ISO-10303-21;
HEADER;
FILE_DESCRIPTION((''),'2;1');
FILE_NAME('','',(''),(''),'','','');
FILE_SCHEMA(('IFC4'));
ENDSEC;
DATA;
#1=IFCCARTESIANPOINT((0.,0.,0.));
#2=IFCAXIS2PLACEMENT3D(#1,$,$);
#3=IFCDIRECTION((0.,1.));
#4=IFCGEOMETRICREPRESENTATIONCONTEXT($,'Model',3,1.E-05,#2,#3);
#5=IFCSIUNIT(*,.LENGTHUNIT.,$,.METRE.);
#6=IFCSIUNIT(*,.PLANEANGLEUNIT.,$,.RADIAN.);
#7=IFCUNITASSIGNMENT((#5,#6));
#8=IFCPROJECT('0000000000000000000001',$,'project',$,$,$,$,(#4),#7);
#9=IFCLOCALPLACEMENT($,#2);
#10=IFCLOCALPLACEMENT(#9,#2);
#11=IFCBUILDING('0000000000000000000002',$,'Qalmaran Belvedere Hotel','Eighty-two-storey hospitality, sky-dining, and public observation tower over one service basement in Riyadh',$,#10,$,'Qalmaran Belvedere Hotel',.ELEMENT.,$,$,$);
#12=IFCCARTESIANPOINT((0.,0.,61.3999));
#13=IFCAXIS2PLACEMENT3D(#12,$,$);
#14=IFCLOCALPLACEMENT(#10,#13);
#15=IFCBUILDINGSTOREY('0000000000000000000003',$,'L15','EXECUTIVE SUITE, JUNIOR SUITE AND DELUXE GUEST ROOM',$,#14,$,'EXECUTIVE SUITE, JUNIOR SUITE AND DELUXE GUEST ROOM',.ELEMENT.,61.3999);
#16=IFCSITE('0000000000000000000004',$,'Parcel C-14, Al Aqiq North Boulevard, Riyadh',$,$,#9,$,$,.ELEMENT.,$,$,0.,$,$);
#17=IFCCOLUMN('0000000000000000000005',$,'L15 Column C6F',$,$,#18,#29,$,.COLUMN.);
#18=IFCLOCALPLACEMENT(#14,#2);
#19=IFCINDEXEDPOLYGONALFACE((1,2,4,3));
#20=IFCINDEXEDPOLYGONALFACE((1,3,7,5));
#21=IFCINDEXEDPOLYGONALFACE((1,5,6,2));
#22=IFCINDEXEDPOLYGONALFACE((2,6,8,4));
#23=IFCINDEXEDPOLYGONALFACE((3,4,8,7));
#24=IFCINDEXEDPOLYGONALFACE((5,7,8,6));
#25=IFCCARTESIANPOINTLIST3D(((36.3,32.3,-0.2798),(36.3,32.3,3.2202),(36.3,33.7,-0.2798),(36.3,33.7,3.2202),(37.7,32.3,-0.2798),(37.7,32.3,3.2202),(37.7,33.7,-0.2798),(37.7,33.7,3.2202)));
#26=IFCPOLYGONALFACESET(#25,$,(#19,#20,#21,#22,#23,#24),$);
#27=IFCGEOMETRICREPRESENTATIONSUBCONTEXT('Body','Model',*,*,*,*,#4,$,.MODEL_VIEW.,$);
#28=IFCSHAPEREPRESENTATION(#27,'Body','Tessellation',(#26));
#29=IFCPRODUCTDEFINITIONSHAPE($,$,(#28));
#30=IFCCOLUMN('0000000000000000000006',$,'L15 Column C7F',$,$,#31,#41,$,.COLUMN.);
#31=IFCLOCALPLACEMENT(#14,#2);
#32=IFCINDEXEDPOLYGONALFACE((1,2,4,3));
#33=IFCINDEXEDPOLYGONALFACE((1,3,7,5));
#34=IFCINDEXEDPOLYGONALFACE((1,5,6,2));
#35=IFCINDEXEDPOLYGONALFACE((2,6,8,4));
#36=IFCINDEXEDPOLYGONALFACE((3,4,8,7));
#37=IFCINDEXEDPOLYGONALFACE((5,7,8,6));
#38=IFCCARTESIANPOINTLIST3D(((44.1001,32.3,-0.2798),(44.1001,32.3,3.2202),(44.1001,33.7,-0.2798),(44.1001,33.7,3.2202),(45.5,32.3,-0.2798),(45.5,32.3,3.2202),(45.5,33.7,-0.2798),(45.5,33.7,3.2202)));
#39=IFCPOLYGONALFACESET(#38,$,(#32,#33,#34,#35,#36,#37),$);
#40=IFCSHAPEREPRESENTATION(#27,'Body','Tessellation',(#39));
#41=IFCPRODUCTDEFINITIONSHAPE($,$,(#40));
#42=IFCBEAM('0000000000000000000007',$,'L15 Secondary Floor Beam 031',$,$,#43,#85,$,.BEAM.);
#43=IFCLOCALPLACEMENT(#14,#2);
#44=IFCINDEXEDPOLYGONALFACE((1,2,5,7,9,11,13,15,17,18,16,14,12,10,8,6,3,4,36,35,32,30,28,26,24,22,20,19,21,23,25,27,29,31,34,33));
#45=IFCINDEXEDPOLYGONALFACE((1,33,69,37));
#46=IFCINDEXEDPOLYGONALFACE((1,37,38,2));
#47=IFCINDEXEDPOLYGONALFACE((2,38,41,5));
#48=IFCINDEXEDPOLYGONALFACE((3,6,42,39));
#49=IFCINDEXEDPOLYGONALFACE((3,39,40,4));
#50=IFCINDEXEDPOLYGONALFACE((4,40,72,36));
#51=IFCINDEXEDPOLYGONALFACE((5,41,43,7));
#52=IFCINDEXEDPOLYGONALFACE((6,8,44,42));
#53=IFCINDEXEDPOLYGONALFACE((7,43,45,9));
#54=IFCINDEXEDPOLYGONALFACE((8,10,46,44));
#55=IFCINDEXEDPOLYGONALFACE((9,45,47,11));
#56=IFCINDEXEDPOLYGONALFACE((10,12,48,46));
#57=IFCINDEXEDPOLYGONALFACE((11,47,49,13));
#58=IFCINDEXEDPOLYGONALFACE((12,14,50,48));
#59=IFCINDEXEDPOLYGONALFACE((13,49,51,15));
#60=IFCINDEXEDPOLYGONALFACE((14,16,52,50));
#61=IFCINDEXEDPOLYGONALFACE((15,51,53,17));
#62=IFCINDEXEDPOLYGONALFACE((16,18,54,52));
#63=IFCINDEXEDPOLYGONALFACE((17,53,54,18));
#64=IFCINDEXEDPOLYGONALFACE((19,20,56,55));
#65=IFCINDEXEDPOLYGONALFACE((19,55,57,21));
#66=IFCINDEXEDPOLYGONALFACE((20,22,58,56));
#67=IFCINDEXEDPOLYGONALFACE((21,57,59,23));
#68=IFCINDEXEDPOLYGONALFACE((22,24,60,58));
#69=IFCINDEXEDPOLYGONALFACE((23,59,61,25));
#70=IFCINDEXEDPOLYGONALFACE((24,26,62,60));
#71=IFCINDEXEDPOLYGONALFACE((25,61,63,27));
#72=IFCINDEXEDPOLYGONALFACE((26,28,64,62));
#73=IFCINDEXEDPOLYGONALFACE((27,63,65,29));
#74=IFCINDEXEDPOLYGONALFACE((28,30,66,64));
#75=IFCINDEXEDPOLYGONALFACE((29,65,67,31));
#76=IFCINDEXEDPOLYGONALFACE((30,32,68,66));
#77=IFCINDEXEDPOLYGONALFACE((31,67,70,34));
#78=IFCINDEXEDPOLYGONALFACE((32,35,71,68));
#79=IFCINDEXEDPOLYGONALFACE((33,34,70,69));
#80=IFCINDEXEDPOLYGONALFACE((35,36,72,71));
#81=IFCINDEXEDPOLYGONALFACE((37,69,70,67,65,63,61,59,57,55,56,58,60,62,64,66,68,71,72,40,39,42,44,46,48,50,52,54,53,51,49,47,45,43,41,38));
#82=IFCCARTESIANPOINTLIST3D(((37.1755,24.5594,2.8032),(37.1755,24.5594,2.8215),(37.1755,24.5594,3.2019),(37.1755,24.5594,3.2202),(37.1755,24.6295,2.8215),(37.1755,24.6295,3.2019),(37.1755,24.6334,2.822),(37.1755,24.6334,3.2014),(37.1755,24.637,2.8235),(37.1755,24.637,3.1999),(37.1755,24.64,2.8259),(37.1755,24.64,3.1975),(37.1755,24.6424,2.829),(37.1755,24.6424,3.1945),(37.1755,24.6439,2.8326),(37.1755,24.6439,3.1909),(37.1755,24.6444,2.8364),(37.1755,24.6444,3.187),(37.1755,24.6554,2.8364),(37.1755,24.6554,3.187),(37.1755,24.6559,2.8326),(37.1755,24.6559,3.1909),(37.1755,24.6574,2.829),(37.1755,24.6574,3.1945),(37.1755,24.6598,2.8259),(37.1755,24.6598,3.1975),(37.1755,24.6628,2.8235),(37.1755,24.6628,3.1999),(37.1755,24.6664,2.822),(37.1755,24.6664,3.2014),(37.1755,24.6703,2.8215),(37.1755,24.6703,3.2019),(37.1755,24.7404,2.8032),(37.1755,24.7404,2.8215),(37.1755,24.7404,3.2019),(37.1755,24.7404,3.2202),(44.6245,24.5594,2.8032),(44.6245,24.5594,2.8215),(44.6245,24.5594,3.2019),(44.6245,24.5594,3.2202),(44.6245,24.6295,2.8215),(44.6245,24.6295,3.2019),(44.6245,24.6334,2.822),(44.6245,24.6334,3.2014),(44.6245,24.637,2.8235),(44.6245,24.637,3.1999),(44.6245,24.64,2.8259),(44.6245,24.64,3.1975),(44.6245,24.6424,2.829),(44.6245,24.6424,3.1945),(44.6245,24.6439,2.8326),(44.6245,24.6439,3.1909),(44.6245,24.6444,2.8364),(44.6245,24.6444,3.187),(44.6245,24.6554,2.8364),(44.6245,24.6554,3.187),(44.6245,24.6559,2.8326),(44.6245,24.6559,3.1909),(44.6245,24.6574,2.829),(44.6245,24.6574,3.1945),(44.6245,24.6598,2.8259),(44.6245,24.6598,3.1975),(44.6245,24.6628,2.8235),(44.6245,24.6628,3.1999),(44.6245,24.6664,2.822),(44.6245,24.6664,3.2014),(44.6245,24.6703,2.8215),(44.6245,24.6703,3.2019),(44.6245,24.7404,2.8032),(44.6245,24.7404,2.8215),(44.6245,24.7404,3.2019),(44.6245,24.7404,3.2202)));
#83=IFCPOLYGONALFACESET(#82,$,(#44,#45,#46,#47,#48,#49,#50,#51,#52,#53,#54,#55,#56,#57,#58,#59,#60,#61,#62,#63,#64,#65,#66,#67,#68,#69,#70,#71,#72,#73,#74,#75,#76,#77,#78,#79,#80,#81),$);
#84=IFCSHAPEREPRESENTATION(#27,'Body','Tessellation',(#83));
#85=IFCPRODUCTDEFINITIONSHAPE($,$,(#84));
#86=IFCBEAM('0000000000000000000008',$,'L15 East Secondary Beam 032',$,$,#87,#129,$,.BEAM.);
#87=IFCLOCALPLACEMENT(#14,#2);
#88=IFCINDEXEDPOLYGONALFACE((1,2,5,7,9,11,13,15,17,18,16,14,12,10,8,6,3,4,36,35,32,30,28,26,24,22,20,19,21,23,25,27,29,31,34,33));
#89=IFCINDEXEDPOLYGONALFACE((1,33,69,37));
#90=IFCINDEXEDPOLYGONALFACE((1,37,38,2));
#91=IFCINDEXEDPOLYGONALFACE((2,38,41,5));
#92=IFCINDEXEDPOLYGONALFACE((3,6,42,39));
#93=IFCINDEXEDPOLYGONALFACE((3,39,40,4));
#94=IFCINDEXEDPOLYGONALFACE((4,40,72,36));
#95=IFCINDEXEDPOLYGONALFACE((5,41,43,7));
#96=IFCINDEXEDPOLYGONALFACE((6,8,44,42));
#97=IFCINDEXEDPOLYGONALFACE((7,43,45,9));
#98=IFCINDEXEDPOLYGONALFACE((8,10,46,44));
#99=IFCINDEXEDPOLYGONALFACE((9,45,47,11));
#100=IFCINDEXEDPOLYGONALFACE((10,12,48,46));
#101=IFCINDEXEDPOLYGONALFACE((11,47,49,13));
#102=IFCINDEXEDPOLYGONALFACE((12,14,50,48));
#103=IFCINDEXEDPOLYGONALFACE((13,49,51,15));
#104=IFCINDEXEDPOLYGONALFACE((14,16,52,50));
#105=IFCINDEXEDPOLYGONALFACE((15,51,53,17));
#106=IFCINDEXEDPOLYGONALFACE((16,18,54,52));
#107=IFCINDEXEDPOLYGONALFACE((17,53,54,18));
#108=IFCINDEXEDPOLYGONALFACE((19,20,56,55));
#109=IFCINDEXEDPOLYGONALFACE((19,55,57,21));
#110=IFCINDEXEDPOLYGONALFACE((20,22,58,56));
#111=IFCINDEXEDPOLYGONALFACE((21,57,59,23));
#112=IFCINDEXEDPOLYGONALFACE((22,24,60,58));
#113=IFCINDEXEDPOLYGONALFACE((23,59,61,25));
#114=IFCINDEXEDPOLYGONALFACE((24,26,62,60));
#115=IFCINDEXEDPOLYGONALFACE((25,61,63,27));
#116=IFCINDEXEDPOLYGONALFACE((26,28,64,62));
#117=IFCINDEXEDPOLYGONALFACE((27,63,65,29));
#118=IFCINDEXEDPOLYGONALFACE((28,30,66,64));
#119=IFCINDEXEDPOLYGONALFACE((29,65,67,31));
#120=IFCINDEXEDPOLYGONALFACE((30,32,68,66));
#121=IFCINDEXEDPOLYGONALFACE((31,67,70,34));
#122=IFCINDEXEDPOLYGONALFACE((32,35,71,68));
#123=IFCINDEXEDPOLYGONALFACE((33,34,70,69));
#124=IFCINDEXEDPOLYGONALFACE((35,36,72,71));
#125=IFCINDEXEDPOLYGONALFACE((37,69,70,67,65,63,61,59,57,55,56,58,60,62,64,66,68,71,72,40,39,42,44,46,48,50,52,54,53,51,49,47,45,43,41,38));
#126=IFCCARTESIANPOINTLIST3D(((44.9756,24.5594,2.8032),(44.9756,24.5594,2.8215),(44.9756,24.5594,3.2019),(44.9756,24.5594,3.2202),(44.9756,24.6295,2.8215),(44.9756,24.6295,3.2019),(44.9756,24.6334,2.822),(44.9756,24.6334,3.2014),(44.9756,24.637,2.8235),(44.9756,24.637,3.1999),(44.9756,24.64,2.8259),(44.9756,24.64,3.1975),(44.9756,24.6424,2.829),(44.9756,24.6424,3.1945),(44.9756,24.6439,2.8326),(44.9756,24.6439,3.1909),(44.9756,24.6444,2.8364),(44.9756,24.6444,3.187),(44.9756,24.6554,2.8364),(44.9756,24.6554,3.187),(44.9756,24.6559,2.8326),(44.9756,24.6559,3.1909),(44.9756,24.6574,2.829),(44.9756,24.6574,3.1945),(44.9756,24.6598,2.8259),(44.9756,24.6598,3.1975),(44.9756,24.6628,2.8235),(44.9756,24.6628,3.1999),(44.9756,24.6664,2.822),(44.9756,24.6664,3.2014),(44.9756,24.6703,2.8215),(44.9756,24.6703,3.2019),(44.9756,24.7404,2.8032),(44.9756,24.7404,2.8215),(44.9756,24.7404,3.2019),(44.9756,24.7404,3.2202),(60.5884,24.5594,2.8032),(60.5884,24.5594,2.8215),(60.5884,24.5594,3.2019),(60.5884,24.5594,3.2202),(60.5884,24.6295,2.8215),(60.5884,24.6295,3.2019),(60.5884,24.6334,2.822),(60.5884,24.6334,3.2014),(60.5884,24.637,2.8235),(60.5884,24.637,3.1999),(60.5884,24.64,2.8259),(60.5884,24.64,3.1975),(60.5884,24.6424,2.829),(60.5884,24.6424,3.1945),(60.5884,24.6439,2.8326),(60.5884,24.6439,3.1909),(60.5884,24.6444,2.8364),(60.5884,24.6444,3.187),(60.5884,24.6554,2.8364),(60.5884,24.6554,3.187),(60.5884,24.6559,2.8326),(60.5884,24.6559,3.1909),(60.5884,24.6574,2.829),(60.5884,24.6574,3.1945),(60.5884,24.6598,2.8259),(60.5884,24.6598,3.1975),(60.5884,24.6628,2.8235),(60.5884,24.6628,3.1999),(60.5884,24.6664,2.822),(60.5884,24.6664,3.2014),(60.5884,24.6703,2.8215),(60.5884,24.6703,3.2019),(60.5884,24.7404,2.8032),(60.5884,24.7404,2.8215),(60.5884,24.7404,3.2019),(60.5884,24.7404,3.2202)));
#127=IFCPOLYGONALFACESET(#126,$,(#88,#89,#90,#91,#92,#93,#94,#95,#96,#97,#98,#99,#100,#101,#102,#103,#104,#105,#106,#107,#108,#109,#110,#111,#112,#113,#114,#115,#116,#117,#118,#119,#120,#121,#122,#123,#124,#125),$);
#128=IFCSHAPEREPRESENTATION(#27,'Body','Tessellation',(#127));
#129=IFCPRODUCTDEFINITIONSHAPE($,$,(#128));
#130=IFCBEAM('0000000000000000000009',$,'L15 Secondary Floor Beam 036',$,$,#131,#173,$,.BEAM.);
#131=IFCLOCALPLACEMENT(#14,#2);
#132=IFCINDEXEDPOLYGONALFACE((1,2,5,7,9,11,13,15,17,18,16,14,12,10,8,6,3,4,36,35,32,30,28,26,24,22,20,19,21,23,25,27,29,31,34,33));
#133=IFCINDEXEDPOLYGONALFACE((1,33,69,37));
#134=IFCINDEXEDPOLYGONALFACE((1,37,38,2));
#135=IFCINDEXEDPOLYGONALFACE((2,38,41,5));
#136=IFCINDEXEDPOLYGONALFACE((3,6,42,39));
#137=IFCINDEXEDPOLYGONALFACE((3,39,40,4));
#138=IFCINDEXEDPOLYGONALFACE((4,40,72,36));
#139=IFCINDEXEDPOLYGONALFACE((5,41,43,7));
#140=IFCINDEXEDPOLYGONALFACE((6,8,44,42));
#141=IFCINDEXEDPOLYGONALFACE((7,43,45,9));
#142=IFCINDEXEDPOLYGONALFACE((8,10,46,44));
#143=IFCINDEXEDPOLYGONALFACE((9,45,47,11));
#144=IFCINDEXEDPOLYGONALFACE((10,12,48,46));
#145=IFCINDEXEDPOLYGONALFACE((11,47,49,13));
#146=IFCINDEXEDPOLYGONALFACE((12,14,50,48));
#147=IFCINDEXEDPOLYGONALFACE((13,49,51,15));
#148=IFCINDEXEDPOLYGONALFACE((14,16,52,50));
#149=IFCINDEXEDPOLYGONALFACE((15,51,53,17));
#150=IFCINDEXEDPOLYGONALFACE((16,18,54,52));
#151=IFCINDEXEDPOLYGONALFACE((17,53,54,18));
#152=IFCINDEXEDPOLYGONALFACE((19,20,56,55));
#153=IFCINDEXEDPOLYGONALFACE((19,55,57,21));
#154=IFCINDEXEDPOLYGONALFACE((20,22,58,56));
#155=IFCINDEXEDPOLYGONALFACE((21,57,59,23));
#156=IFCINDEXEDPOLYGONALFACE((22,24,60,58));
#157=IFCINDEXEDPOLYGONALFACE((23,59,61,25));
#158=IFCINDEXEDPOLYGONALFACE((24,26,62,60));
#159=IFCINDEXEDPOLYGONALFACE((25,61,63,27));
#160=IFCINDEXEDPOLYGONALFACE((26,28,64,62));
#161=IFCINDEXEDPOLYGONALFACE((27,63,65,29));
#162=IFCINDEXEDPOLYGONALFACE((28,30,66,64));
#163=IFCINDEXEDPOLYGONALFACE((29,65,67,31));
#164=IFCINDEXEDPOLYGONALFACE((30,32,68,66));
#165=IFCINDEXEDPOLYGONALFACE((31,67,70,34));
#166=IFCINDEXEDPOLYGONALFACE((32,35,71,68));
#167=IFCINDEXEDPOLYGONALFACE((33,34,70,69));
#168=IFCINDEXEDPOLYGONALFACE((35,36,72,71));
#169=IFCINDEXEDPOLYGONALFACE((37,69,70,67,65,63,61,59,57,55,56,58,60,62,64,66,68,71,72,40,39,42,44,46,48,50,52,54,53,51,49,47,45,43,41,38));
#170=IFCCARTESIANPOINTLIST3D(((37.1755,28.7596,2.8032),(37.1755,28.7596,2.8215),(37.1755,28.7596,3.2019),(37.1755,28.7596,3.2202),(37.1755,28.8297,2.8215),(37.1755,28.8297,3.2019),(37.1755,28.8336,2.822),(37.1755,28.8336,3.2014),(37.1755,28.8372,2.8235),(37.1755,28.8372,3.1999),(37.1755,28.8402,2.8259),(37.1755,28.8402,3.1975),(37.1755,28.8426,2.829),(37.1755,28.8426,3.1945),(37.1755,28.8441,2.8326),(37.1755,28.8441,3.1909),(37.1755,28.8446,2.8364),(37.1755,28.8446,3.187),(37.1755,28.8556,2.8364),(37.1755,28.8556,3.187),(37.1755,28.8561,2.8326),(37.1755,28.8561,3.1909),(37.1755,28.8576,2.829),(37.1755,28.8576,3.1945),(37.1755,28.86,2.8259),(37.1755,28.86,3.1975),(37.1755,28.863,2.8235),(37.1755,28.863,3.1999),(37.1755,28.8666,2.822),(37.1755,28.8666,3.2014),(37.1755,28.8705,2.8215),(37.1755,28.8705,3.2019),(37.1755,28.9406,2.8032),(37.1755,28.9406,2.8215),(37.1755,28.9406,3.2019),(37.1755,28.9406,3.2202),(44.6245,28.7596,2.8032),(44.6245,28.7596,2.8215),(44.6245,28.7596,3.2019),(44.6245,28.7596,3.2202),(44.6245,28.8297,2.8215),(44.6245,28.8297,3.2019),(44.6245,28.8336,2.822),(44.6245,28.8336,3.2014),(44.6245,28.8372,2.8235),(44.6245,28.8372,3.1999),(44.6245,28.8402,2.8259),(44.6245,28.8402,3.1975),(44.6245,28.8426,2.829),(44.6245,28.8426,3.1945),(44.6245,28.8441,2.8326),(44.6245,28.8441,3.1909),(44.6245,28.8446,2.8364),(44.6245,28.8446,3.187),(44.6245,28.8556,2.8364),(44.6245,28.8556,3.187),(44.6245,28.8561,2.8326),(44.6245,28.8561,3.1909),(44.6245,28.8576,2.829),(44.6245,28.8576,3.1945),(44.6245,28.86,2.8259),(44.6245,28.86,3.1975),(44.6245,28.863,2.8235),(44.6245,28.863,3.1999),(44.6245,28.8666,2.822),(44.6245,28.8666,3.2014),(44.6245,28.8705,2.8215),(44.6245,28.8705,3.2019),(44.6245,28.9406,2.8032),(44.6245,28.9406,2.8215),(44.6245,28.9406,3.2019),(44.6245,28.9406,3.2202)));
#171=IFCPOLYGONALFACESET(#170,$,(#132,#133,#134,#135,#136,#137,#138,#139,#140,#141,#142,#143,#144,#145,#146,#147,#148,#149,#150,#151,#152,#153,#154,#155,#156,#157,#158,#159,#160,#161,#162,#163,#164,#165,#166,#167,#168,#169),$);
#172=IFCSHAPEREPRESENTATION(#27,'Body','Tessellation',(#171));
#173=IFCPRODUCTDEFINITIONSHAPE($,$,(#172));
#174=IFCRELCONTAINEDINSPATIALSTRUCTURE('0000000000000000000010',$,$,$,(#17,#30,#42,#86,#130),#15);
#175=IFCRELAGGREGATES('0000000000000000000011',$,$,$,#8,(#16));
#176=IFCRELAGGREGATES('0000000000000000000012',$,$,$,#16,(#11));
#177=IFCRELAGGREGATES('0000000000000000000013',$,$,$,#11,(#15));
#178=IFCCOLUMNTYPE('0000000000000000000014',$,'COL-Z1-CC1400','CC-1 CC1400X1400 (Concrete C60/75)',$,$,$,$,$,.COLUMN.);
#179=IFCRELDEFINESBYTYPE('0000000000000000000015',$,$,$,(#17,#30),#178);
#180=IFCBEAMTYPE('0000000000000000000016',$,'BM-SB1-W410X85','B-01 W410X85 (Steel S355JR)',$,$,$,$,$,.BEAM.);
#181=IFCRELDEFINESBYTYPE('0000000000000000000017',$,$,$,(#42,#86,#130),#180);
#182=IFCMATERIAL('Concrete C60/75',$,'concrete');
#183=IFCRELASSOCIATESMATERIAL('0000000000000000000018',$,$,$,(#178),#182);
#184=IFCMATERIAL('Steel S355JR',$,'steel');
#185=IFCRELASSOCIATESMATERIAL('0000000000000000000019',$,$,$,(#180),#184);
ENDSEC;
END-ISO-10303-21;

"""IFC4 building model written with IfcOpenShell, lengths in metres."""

from ifc_helpers import new_model, si_unit, direction, frame, origin, origin_2d, place, context, subcontext, project, spatial, rectangle, i_section, extrude, material, material_profile, profile_set, type_object, element, save


model = new_model("IFC4")

# Units and contexts
model_context = context("Model", 3, precision=1e-05, world=origin(), true_north=direction((0.0, 1.0)))
body_context = subcontext(model_context, "Body", "Model", "MODEL_VIEW")
ifc_project = project(units=[si_unit("LENGTHUNIT", "METRE"), si_unit("PLANEANGLEUNIT", "RADIAN")], contexts=[model_context])

# Site, building, storey
site_placement = place(None, origin())
site = spatial("IfcSite", under=ifc_project, at=site_placement, Name="Parcel C-14, Al Aqiq North Boulevard, Riyadh", CompositionType="ELEMENT", RefElevation=0.0)
building_placement = place(site_placement, origin())
building = spatial("IfcBuilding", under=site, at=building_placement, Name="Qalmaran Belvedere Hotel", Description="Eighty-two-storey hospitality, sky-dining, and public observation tower over one service basement in Riyadh", LongName="Qalmaran Belvedere Hotel", CompositionType="ELEMENT")
storey_placement = place(building_placement, frame((0.0, 0.0, 61.3999)))
storey = spatial("IfcBuildingStorey", under=building, at=storey_placement, Name="L15", Description="EXECUTIVE SUITE, JUNIOR SUITE AND DELUXE GUEST ROOM", LongName="EXECUTIVE SUITE, JUNIOR SUITE AND DELUXE GUEST ROOM", CompositionType="ELEMENT", Elevation=61.3999)

# Columns
ifc_material_1 = material(Name="Concrete C60/75", Category="concrete")
ifc_material_profile_1 = material_profile(ifc_material_1, rectangle(XDim=1.3999, YDim=1.3999, at=origin_2d()), Name="CC1400X1400")
ifc_profile_set_1 = profile_set([ifc_material_profile_1], Name="Concrete C60/75")
column_type = type_object("IfcColumnType", Name="COL-Z1-CC1400", Description="CC-1 CC1400X1400 (Concrete C60/75)", PredefinedType="COLUMN", material=ifc_profile_set_1)
for number, where, z_axis, x_axis, name in (
    (1, (37.0, 33.0, -0.2798), (0.0, 0.0, 1.0), (1.0, 0.0, 0.0), "L15 Column C6F"),
    (2, (44.8, 33.0, -0.2798), (0.0, 0.0, 1.0), (1.0, 0.0, 0.0), "L15 Column C7F"),
):
    element("IfcColumn", number, at=place(storey_placement, frame(where, z_axis=z_axis, x_axis=x_axis)), inside=storey, type_object=column_type, Name=name, PredefinedType="COLUMN", context=body_context, shape_type="SweptSolid", body=[
        extrude(rectangle(XDim=1.3999, YDim=1.3999, at=origin_2d()), origin(), (0.0, 0.0, 1.0), 3.5),
    ])

# Beams
ifc_material_2 = material(Name="Steel S355JR", Category="steel")
ifc_material_profile_2 = material_profile(ifc_material_2, i_section(OverallWidth=0.1809, OverallDepth=0.417, WebThickness=0.011, FlangeThickness=0.0183, FilletRadius=0.0149, at=origin_2d()), Name="W410X85")
ifc_profile_set_2 = profile_set([ifc_material_profile_2], Name="Steel S355JR")
beam_type_1 = type_object("IfcBeamType", Name="BM-SB1-W410X85", Description="B-01 W410X85 (Steel S355JR)", PredefinedType="BEAM", material=ifc_profile_set_2)
beam_1_placement = place(storey_placement, frame((37.1755, 24.6499, 3.0117), z_axis=(1.0, 0.0, 0.0), x_axis=(0.0, 1.0, 0.0)))
element("IfcBeam", 3, at=beam_1_placement, inside=storey, type_object=beam_type_1, Name="L15 Secondary Floor Beam 031", PredefinedType="BEAM", context=body_context, shape_type="SweptSolid", body=[
    extrude(i_section(OverallWidth=0.1809, OverallDepth=0.417, WebThickness=0.011, FlangeThickness=0.0183, FilletRadius=0.0149, at=origin_2d()), origin(), (0.0, 0.0, 1.0), 7.449),
])
beam_2_placement = place(storey_placement, frame((44.9756, 24.6499, 3.0117), z_axis=(1.0, 0.0, 0.0), x_axis=(0.0, 1.0, 0.0)))
element("IfcBeam", 4, at=beam_2_placement, inside=storey, type_object=beam_type_1, Name="L15 East Secondary Beam 032", PredefinedType="BEAM", context=body_context, shape_type="SweptSolid", body=[
    extrude(i_section(OverallWidth=0.1809, OverallDepth=0.417, WebThickness=0.011, FlangeThickness=0.0183, FilletRadius=0.0149, at=origin_2d()), origin(), (0.0, 0.0, 1.0), 15.6128),
])
beam_3_placement = place(storey_placement, frame((37.1755, 28.8501, 3.0117), z_axis=(1.0, 0.0, 0.0), x_axis=(0.0, 1.0, 0.0)))
element("IfcBeam", 5, at=beam_3_placement, inside=storey, type_object=beam_type_1, Name="L15 Secondary Floor Beam 036", PredefinedType="BEAM", context=body_context, shape_type="SweptSolid", body=[
    extrude(i_section(OverallWidth=0.1809, OverallDepth=0.417, WebThickness=0.011, FlangeThickness=0.0183, FilletRadius=0.0149, at=origin_2d()), origin(), (0.0, 0.0, 1.0), 7.449),
])

save(model, "model.ifc")
